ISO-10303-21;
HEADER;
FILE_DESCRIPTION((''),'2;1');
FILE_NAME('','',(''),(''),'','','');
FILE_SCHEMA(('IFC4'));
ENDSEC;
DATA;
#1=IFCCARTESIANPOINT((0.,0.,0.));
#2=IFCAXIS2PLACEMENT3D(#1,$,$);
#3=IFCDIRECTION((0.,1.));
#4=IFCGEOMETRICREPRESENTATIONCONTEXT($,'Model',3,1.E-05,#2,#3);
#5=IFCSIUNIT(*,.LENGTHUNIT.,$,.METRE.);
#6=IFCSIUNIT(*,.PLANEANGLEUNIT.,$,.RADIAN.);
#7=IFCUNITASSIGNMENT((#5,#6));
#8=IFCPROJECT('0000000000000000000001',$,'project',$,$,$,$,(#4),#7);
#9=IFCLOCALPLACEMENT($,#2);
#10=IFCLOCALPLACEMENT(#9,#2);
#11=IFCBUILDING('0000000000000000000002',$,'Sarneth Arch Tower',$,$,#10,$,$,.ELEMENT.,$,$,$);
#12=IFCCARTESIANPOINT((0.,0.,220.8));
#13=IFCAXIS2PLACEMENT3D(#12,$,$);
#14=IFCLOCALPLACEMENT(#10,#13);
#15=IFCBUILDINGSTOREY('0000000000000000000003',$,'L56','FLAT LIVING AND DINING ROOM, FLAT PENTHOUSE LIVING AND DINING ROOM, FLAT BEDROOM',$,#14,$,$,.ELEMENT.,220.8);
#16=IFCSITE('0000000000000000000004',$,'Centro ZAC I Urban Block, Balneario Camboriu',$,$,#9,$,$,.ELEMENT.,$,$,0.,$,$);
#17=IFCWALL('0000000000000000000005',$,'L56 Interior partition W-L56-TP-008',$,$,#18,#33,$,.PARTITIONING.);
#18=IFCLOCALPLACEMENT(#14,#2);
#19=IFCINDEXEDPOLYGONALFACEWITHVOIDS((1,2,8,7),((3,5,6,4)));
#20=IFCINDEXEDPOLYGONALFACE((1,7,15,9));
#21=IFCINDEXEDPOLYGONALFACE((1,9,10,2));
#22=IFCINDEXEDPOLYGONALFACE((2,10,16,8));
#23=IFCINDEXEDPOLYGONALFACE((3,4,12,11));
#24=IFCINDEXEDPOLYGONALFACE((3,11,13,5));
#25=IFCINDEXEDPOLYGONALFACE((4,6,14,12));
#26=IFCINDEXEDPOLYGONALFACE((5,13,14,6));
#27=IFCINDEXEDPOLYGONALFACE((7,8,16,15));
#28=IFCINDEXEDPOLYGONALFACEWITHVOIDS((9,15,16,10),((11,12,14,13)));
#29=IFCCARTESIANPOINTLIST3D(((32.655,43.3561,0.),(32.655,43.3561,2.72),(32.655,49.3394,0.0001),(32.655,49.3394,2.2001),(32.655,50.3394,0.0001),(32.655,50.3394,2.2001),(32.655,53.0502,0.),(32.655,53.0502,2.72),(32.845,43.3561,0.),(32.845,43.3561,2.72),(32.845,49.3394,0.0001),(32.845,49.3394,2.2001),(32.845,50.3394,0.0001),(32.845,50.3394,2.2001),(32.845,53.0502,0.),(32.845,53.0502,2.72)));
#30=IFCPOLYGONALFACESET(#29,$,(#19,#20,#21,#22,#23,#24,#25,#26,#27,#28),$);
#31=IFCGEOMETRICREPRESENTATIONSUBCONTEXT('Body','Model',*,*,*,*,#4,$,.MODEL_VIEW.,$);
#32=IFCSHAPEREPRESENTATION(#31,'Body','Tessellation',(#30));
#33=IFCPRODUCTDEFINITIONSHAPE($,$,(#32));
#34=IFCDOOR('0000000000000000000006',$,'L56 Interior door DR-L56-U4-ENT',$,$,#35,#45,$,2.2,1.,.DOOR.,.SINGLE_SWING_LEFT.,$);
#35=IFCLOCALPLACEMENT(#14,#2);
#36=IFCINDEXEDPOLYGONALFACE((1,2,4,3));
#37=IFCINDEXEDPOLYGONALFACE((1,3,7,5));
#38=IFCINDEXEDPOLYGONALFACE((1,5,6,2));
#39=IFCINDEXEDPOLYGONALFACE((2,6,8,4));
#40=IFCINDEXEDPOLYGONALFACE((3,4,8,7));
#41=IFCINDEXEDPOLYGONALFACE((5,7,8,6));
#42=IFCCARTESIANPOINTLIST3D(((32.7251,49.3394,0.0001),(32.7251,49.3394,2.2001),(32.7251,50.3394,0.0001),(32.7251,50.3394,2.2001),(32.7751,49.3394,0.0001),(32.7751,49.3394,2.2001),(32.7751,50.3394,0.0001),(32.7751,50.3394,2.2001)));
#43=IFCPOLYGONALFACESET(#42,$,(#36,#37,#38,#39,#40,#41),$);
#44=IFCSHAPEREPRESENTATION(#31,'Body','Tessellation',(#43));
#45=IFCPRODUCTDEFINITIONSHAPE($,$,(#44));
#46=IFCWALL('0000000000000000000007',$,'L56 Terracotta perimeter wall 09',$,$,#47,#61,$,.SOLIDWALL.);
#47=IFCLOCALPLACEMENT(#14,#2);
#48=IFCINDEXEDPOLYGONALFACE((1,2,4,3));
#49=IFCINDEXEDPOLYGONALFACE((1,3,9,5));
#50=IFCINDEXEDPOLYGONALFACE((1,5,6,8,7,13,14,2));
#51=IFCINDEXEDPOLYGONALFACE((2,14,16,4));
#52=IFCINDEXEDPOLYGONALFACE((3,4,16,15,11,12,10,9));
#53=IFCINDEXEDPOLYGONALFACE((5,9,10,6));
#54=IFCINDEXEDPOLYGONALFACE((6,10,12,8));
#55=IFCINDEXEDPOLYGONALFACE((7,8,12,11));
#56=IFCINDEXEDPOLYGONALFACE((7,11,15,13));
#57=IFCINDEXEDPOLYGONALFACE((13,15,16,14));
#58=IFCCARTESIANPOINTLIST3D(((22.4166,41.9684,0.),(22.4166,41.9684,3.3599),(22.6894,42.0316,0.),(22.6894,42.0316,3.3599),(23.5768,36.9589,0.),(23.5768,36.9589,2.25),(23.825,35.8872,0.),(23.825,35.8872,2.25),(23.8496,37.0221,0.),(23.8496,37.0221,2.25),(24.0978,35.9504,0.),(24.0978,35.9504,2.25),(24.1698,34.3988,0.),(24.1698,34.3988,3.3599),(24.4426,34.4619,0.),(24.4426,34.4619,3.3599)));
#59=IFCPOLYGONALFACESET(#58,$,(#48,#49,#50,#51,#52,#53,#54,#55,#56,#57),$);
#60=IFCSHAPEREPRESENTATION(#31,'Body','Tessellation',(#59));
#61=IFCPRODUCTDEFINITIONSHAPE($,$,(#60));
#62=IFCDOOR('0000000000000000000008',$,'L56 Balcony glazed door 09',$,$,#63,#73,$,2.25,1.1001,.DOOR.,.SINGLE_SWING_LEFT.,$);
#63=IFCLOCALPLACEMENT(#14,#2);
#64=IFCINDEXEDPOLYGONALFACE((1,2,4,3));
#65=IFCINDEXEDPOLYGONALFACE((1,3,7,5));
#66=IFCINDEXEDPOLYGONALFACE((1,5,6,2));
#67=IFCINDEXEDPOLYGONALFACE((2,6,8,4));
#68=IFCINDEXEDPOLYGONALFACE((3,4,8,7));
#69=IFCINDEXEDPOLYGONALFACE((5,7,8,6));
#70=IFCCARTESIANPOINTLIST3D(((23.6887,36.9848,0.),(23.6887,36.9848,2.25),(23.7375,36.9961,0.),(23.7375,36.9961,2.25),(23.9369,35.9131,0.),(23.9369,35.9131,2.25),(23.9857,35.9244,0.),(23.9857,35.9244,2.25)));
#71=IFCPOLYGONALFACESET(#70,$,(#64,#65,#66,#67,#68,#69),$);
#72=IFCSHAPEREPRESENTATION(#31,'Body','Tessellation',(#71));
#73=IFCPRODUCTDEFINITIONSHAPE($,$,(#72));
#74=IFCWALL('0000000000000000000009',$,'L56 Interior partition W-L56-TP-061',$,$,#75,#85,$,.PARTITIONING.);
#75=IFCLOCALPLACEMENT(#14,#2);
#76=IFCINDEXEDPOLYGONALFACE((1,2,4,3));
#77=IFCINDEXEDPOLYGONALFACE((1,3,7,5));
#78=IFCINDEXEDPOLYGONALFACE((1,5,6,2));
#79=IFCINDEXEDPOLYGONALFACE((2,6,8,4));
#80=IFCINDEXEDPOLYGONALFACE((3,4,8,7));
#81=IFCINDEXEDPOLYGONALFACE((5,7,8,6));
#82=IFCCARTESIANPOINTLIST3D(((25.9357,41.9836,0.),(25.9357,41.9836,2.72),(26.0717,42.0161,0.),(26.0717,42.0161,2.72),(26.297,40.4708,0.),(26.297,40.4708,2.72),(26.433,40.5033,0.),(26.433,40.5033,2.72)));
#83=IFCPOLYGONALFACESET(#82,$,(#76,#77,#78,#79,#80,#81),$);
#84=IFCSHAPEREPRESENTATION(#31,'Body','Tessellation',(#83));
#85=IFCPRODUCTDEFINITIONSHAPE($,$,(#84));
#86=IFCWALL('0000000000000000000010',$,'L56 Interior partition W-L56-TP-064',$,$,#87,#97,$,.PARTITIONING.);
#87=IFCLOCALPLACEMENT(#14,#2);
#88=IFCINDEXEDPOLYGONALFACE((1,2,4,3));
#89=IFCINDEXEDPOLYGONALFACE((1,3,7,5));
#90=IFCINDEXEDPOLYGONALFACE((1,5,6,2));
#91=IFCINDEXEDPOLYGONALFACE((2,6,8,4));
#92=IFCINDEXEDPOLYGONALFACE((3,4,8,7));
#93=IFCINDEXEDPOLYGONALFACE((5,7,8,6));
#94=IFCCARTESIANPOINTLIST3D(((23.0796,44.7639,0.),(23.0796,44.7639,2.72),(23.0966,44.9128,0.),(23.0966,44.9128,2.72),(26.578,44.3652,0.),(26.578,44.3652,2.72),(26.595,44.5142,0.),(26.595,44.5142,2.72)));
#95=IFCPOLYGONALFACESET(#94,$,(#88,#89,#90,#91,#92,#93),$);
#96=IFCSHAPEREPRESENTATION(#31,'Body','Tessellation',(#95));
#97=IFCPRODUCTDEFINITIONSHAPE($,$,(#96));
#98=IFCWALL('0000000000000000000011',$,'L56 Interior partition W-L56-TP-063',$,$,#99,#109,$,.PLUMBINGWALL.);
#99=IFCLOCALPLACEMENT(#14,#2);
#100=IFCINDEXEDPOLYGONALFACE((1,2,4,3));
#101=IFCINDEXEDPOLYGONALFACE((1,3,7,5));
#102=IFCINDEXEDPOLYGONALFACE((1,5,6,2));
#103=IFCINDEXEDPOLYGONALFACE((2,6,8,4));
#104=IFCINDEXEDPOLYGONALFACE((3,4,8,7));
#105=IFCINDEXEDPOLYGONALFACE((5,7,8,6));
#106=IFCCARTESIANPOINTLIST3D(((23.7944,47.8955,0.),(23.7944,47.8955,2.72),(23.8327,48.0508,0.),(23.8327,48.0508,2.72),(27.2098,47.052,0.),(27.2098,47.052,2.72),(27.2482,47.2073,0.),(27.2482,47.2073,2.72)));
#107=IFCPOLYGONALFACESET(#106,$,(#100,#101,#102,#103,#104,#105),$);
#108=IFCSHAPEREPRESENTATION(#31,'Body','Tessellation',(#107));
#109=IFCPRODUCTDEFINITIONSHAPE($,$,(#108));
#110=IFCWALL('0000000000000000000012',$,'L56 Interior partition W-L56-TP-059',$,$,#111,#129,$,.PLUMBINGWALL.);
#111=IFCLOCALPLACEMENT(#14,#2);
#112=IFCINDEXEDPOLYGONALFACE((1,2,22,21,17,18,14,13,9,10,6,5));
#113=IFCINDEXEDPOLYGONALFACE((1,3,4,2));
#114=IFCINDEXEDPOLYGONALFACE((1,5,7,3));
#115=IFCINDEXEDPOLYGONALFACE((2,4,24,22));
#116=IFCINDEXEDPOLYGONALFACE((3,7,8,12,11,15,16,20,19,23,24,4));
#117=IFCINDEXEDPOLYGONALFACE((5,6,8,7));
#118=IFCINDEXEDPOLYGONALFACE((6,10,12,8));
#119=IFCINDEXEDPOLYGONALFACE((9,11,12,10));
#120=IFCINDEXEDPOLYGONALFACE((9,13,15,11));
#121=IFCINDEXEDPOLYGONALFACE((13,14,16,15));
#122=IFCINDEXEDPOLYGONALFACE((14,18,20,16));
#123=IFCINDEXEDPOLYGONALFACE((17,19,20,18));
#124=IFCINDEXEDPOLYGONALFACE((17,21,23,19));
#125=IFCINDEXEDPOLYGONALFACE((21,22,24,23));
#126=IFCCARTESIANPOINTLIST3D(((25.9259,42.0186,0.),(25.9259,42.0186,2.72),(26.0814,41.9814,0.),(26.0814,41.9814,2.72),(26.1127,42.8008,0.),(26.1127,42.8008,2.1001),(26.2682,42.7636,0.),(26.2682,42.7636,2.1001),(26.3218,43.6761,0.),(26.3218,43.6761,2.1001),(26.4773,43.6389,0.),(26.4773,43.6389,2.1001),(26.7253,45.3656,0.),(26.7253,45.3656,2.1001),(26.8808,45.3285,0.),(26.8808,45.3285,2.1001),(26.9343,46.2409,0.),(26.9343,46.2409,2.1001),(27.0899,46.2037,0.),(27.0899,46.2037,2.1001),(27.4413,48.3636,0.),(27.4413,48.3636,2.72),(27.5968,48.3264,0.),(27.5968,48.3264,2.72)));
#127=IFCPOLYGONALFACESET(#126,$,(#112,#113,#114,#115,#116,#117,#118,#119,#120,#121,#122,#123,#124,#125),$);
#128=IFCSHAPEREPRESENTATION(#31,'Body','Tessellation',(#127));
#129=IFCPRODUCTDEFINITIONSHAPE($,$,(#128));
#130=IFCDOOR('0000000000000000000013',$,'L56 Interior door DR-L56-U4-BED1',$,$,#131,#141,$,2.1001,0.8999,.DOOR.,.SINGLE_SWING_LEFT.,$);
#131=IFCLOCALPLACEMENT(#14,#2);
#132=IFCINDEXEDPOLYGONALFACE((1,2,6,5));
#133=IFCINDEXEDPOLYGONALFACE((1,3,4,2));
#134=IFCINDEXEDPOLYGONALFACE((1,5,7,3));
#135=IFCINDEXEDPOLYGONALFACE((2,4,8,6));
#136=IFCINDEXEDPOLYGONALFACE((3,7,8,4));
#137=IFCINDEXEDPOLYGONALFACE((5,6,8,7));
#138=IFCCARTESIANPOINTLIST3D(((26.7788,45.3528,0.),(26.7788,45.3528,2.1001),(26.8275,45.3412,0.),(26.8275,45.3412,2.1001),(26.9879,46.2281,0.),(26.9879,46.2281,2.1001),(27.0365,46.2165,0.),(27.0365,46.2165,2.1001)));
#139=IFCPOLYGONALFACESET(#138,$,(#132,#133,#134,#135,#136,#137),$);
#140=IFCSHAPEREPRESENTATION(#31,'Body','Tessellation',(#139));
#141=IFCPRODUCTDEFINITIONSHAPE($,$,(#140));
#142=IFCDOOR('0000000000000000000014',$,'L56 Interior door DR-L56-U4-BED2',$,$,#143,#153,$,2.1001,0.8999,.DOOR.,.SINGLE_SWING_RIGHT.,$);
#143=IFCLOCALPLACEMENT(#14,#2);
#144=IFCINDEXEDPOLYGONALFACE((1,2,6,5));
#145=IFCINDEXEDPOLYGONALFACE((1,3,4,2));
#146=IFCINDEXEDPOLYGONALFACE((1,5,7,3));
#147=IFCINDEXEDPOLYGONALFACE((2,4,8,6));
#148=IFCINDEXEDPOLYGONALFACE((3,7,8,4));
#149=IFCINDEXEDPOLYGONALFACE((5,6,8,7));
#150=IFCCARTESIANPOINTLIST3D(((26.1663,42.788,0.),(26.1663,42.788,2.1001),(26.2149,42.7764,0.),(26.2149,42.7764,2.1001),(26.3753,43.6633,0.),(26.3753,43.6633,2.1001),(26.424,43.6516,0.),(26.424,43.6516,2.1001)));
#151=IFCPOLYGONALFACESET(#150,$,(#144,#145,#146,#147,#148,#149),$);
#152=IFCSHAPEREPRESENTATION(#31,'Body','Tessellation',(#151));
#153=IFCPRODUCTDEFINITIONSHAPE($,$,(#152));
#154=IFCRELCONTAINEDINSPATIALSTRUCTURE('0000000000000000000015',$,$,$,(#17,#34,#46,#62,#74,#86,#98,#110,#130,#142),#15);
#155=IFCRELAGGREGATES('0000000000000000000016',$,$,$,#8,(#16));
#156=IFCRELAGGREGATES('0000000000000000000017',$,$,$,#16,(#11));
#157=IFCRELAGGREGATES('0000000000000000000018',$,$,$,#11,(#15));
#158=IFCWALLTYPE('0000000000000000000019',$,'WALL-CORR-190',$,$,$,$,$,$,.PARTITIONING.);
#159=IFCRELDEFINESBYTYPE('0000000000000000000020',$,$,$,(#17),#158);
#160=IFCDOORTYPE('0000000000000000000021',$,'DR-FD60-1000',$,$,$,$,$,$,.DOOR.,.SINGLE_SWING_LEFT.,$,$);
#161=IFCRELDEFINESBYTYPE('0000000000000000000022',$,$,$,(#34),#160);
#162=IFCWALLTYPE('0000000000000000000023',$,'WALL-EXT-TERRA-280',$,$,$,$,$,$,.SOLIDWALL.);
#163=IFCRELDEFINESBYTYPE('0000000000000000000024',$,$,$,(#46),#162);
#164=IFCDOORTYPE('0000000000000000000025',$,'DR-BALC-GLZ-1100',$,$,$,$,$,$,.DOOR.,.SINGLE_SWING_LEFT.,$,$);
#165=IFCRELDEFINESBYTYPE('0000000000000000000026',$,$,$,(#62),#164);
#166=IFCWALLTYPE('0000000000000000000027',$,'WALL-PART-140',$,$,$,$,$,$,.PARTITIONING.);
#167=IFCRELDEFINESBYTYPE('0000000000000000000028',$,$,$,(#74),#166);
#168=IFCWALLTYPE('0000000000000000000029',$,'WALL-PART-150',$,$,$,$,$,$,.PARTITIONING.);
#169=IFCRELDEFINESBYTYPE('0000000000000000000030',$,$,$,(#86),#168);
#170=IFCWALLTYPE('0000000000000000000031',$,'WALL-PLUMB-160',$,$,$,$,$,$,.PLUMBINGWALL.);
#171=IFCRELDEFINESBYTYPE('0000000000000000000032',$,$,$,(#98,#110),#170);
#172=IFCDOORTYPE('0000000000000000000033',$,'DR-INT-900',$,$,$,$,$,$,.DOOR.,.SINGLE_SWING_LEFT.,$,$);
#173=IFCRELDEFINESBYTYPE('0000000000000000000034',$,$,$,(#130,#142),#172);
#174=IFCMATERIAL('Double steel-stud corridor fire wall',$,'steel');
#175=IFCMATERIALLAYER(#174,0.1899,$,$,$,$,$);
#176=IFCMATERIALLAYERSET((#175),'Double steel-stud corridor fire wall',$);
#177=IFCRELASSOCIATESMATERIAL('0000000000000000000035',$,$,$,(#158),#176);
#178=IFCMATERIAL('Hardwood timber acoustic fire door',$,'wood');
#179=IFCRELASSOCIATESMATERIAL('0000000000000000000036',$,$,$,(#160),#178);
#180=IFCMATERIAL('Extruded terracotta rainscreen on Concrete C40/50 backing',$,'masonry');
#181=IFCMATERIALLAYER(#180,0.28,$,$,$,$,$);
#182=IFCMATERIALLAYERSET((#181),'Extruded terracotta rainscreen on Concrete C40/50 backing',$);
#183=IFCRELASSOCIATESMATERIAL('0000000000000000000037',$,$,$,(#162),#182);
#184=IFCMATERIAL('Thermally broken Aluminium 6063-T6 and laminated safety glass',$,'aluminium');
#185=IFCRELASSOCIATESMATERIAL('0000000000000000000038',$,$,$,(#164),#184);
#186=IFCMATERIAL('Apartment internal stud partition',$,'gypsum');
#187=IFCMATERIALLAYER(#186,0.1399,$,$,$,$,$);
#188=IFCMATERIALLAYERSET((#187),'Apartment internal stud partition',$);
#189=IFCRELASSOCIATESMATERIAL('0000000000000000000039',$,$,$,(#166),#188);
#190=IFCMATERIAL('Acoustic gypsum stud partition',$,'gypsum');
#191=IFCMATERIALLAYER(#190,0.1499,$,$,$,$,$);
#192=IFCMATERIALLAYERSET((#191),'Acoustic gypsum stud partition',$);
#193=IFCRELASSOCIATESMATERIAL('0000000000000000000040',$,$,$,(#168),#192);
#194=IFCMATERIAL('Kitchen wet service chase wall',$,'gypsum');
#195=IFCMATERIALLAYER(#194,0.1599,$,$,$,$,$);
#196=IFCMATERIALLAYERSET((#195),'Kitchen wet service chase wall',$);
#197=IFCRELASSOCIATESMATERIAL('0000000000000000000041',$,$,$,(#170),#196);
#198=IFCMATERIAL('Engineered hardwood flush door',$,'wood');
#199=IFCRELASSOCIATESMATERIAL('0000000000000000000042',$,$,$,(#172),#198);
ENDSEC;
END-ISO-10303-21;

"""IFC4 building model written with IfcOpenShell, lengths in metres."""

from ifc_helpers import new_model, si_unit, direction, frame, frame_2d, origin, place, context, subcontext, project, spatial, rectangle, extrude, material, layer, layer_set, type_object, element, fill, save


model = new_model("IFC4")

# Units and contexts
model_context = context("Model", 3, precision=1e-05, world=origin(), true_north=direction((0.0, 1.0)))
body_context = subcontext(model_context, "Body", "Model", "MODEL_VIEW")
ifc_project = project(units=[si_unit("LENGTHUNIT", "METRE"), si_unit("PLANEANGLEUNIT", "RADIAN")], contexts=[model_context])

# Site, building, storey
site_placement = place(None, origin())
site = spatial("IfcSite", under=ifc_project, at=site_placement, Name="Centro ZAC I Urban Block, Balneario Camboriu", CompositionType="ELEMENT", RefElevation=0.0)
building_placement = place(site_placement, origin())
building = spatial("IfcBuilding", under=site, at=building_placement, Name="Sarneth Arch Tower", CompositionType="ELEMENT")
storey_placement = place(building_placement, frame((0.0, 0.0, 220.8)))
storey = spatial("IfcBuildingStorey", under=building, at=storey_placement, Name="L56", Description="FLAT LIVING AND DINING ROOM, FLAT PENTHOUSE LIVING AND DINING ROOM, FLAT BEDROOM", CompositionType="ELEMENT", Elevation=220.8)

# Walls, openings, doors
ifc_material_1 = material(Name="Double steel-stud corridor fire wall", Category="steel")
ifc_layer_1 = layer(ifc_material_1, 0.1899)
ifc_layer_set_1 = layer_set([ifc_layer_1], Name="Double steel-stud corridor fire wall")
wall_type_1 = type_object("IfcWallType", Name="WALL-CORR-190", PredefinedType="PARTITIONING", material=ifc_layer_set_1)
wall_1_placement = place(storey_placement, frame((32.75, 43.356, 0.0), z_axis=(0.0, 0.0, 1.0), x_axis=(0.0, 1.0, 0.0)))
wall_1 = element("IfcWall", 1, at=wall_1_placement, inside=storey, type_object=wall_type_1, Name="L56 Interior partition W-L56-TP-008", PredefinedType="PARTITIONING", context=body_context, shape_type="SweptSolid", body=[
    extrude(rectangle(XDim=9.6941, YDim=0.1899, at=frame_2d((4.8472, 0.0))), origin(), (0.0, 0.0, 1.0), 2.72),
])
opening_1_placement = place(wall_1_placement, frame((5.9834, 0.0, 0.0)))
opening_1 = element("IfcOpeningElement", 2, at=opening_1_placement, cuts=wall_1, PredefinedType="OPENING", context=body_context, shape_type="SweptSolid", body=[
    extrude(rectangle(XDim=1.0, YDim=2.2, at=frame_2d((0.5, 1.1001))), frame((0.0, 0.105, 0.0), z_axis=(0.0, -1.0, 0.0), x_axis=(1.0, 0.0, 0.0)), (0.0, 0.0, 1.0), 0.21),
])
ifc_material_2 = material(Name="Hardwood timber acoustic fire door", Category="wood")
door_type_1 = type_object("IfcDoorType", Name="DR-FD60-1000", OperationType="SINGLE_SWING_LEFT", PredefinedType="DOOR", material=ifc_material_2)
door_1_placement = place(opening_1_placement, origin())
door_1 = element("IfcDoor", 3, at=door_1_placement, inside=storey, type_object=door_type_1, Name="L56 Interior door DR-L56-U4-ENT", OperationType="SINGLE_SWING_LEFT", OverallHeight=2.2, OverallWidth=1.0, PredefinedType="DOOR", context=body_context, shape_type="SweptSolid", body=[
    extrude(rectangle(XDim=1.0, YDim=2.2, at=frame_2d((0.5, 1.1001))), frame((0.0, 0.0249, 0.0), z_axis=(0.0, -1.0, 0.0), x_axis=(1.0, 0.0, 0.0)), (0.0, 0.0, 1.0), 0.05),
])
fill(opening_1, door_1)
ifc_material_3 = material(Name="Extruded terracotta rainscreen on Concrete C40/50 backing", Category="masonry")
ifc_layer_2 = layer(ifc_material_3, 0.28)
ifc_layer_set_2 = layer_set([ifc_layer_2], Name="Extruded terracotta rainscreen on Concrete C40/50 backing")
wall_type_2 = type_object("IfcWallType", Name="WALL-EXT-TERRA-280", PredefinedType="SOLIDWALL", material=ifc_layer_set_2)
wall_2_placement = place(storey_placement, frame((22.553, 42.0, 0.0), z_axis=(0.0, 0.0, 1.0), x_axis=(0.225635, -0.974212, 0.0)))
wall_2 = element("IfcWall", 4, at=wall_2_placement, inside=storey, type_object=wall_type_2, Name="L56 Terracotta perimeter wall 09", PredefinedType="SOLIDWALL", context=body_context, shape_type="SweptSolid", body=[
    extrude(rectangle(XDim=7.77, YDim=0.28, at=frame_2d((3.885, 0.0))), origin(), (0.0, 0.0, 1.0), 3.3599),
])
opening_2_placement = place(wall_2_placement, frame((5.1421, 0.0, 0.0)))
opening_2 = element("IfcOpeningElement", 5, at=opening_2_placement, cuts=wall_2, PredefinedType="OPENING", context=body_context, shape_type="SweptSolid", body=[
    extrude(rectangle(XDim=1.1001, YDim=2.25, at=frame_2d((0.55, 1.125))), frame((0.0, 0.1499, 0.0), z_axis=(0.0, -1.0, 0.0), x_axis=(1.0, 0.0, 0.0)), (0.0, 0.0, 1.0), 0.3),
])
ifc_material_4 = material(Name="Thermally broken Aluminium 6063-T6 and laminated safety glass", Category="aluminium")
door_type_2 = type_object("IfcDoorType", Name="DR-BALC-GLZ-1100", OperationType="SINGLE_SWING_LEFT", PredefinedType="DOOR", material=ifc_material_4)
door_2_placement = place(opening_2_placement, origin())
door_2 = element("IfcDoor", 6, at=door_2_placement, inside=storey, type_object=door_type_2, Name="L56 Balcony glazed door 09", OperationType="SINGLE_SWING_LEFT", OverallHeight=2.25, OverallWidth=1.1001, PredefinedType="DOOR", context=body_context, shape_type="SweptSolid", body=[
    extrude(rectangle(XDim=1.1001, YDim=2.25, at=frame_2d((0.55, 1.125))), frame((0.0, 0.0249, 0.0), z_axis=(0.0, -1.0, 0.0), x_axis=(1.0, 0.0, 0.0)), (0.0, 0.0, 1.0), 0.05),
])
fill(opening_2, door_2)

# Walls
ifc_material_5 = material(Name="Apartment internal stud partition", Category="gypsum")
ifc_layer_3 = layer(ifc_material_5, 0.1399)
ifc_layer_set_3 = layer_set([ifc_layer_3], Name="Apartment internal stud partition")
wall_type_3 = type_object("IfcWallType", Name="WALL-PART-140", PredefinedType="PARTITIONING", material=ifc_layer_set_3)
wall_3_placement = place(storey_placement, frame((26.0037, 42.0, 0.0), z_axis=(0.0, 0.0, 1.0), x_axis=(0.232292, -0.972646, 0.0)))
element("IfcWall", 7, at=wall_3_placement, inside=storey, type_object=wall_type_3, Name="L56 Interior partition W-L56-TP-061", PredefinedType="PARTITIONING", context=body_context, shape_type="SweptSolid", body=[
    extrude(rectangle(XDim=1.5554, YDim=0.1399, at=frame_2d((0.7778, 0.0))), origin(), (0.0, 0.0, 1.0), 2.72),
])
ifc_material_6 = material(Name="Acoustic gypsum stud partition", Category="gypsum")
ifc_layer_4 = layer(ifc_material_6, 0.1499)
ifc_layer_set_4 = layer_set([ifc_layer_4], Name="Acoustic gypsum stud partition")
wall_type_4 = type_object("IfcWallType", Name="WALL-PART-150", PredefinedType="PARTITIONING", material=ifc_layer_set_4)
wall_4_placement = place(storey_placement, frame((23.0881, 44.8384, 0.0), z_axis=(0.0, 0.0, 1.0), x_axis=(0.993569, -0.113232, 0.0)))
element("IfcWall", 8, at=wall_4_placement, inside=storey, type_object=wall_type_4, Name="L56 Interior partition W-L56-TP-064", PredefinedType="PARTITIONING", context=body_context, shape_type="SweptSolid", body=[
    extrude(rectangle(XDim=3.521, YDim=0.1499, at=frame_2d((1.7605, 0.0))), origin(), (0.0, 0.0, 1.0), 2.72),
])
ifc_material_7 = material(Name="Kitchen wet service chase wall", Category="gypsum")
ifc_layer_5 = layer(ifc_material_7, 0.1599)
ifc_layer_set_5 = layer_set([ifc_layer_5], Name="Kitchen wet service chase wall")
wall_type_5 = type_object("IfcWallType", Name="WALL-PLUMB-160", PredefinedType="PLUMBINGWALL", material=ifc_layer_set_5)
wall_5_placement = place(storey_placement, frame((27.229, 47.1296, 0.0), z_axis=(0.0, 0.0, 1.0), x_axis=(-0.970832, 0.239759, 0.0)))
element("IfcWall", 9, at=wall_5_placement, inside=storey, type_object=wall_type_5, Name="L56 Interior partition W-L56-TP-063", PredefinedType="PLUMBINGWALL", context=body_context, shape_type="SweptSolid", body=[
    extrude(rectangle(XDim=3.5181, YDim=0.1599, at=frame_2d((1.759, 0.0))), origin(), (0.0, 0.0, 1.0), 2.72),
])

# Wall, openings, doors
wall_6_placement = place(storey_placement, frame((26.0037, 42.0, 0.0), z_axis=(0.0, 0.0, 1.0), x_axis=(0.232298, 0.972645, 0.0)))
wall_6 = element("IfcWall", 10, at=wall_6_placement, inside=storey, type_object=wall_type_5, Name="L56 Interior partition W-L56-TP-059", PredefinedType="PLUMBINGWALL", context=body_context, shape_type="SweptSolid", body=[
    extrude(rectangle(XDim=6.5234, YDim=0.1599, at=frame_2d((3.2617, 0.0))), origin(), (0.0, 0.0, 1.0), 2.72),
])
opening_3_placement = place(wall_6_placement, frame((3.4412, 0.0, 0.0)))
opening_3 = element("IfcOpeningElement", 11, at=opening_3_placement, cuts=wall_6, PredefinedType="OPENING", context=body_context, shape_type="SweptSolid", body=[
    extrude(rectangle(XDim=0.8999, YDim=2.1001, at=frame_2d((0.45, 1.05))), frame((0.0, 0.0898, 0.0), z_axis=(0.0, -1.0, 0.0), x_axis=(1.0, 0.0, 0.0)), (0.0, 0.0, 1.0), 0.1799),
])
opening_4_placement = place(wall_6_placement, frame((0.8042, 0.0, 0.0)))
opening_4 = element("IfcOpeningElement", 12, at=opening_4_placement, cuts=wall_6, PredefinedType="OPENING", context=body_context, shape_type="SweptSolid", body=[
    extrude(rectangle(XDim=0.8999, YDim=2.1001, at=frame_2d((0.45, 1.05))), frame((0.0, 0.0898, 0.0), z_axis=(0.0, -1.0, 0.0), x_axis=(1.0, 0.0, 0.0)), (0.0, 0.0, 1.0), 0.1799),
])
ifc_material_8 = material(Name="Engineered hardwood flush door", Category="wood")
door_type_3 = type_object("IfcDoorType", Name="DR-INT-900", OperationType="SINGLE_SWING_LEFT", PredefinedType="DOOR", material=ifc_material_8)
door_3_placement = place(opening_3_placement, origin())
door_3 = element("IfcDoor", 13, at=door_3_placement, inside=storey, type_object=door_type_3, Name="L56 Interior door DR-L56-U4-BED1", OperationType="SINGLE_SWING_LEFT", OverallHeight=2.1001, OverallWidth=0.8999, PredefinedType="DOOR", context=body_context, shape_type="SweptSolid", body=[
    extrude(rectangle(XDim=0.8999, YDim=2.1001, at=frame_2d((0.45, 1.05))), frame((0.0, 0.0249, 0.0), z_axis=(0.0, -1.0, 0.0), x_axis=(1.0, 0.0, 0.0)), (0.0, 0.0, 1.0), 0.05),
])
fill(opening_3, door_3)
door_4_placement = place(opening_4_placement, origin())
door_4 = element("IfcDoor", 14, at=door_4_placement, inside=storey, type_object=door_type_3, Name="L56 Interior door DR-L56-U4-BED2", OperationType="SINGLE_SWING_RIGHT", OverallHeight=2.1001, OverallWidth=0.8999, PredefinedType="DOOR", context=body_context, shape_type="SweptSolid", body=[
    extrude(rectangle(XDim=0.8999, YDim=2.1001, at=frame_2d((0.45, 1.05))), frame((0.0, 0.0249, 0.0), z_axis=(0.0, -1.0, 0.0), x_axis=(1.0, 0.0, 0.0)), (0.0, 0.0, 1.0), 0.05),
])
fill(opening_4, door_4)

save(model, "model.ifc")
